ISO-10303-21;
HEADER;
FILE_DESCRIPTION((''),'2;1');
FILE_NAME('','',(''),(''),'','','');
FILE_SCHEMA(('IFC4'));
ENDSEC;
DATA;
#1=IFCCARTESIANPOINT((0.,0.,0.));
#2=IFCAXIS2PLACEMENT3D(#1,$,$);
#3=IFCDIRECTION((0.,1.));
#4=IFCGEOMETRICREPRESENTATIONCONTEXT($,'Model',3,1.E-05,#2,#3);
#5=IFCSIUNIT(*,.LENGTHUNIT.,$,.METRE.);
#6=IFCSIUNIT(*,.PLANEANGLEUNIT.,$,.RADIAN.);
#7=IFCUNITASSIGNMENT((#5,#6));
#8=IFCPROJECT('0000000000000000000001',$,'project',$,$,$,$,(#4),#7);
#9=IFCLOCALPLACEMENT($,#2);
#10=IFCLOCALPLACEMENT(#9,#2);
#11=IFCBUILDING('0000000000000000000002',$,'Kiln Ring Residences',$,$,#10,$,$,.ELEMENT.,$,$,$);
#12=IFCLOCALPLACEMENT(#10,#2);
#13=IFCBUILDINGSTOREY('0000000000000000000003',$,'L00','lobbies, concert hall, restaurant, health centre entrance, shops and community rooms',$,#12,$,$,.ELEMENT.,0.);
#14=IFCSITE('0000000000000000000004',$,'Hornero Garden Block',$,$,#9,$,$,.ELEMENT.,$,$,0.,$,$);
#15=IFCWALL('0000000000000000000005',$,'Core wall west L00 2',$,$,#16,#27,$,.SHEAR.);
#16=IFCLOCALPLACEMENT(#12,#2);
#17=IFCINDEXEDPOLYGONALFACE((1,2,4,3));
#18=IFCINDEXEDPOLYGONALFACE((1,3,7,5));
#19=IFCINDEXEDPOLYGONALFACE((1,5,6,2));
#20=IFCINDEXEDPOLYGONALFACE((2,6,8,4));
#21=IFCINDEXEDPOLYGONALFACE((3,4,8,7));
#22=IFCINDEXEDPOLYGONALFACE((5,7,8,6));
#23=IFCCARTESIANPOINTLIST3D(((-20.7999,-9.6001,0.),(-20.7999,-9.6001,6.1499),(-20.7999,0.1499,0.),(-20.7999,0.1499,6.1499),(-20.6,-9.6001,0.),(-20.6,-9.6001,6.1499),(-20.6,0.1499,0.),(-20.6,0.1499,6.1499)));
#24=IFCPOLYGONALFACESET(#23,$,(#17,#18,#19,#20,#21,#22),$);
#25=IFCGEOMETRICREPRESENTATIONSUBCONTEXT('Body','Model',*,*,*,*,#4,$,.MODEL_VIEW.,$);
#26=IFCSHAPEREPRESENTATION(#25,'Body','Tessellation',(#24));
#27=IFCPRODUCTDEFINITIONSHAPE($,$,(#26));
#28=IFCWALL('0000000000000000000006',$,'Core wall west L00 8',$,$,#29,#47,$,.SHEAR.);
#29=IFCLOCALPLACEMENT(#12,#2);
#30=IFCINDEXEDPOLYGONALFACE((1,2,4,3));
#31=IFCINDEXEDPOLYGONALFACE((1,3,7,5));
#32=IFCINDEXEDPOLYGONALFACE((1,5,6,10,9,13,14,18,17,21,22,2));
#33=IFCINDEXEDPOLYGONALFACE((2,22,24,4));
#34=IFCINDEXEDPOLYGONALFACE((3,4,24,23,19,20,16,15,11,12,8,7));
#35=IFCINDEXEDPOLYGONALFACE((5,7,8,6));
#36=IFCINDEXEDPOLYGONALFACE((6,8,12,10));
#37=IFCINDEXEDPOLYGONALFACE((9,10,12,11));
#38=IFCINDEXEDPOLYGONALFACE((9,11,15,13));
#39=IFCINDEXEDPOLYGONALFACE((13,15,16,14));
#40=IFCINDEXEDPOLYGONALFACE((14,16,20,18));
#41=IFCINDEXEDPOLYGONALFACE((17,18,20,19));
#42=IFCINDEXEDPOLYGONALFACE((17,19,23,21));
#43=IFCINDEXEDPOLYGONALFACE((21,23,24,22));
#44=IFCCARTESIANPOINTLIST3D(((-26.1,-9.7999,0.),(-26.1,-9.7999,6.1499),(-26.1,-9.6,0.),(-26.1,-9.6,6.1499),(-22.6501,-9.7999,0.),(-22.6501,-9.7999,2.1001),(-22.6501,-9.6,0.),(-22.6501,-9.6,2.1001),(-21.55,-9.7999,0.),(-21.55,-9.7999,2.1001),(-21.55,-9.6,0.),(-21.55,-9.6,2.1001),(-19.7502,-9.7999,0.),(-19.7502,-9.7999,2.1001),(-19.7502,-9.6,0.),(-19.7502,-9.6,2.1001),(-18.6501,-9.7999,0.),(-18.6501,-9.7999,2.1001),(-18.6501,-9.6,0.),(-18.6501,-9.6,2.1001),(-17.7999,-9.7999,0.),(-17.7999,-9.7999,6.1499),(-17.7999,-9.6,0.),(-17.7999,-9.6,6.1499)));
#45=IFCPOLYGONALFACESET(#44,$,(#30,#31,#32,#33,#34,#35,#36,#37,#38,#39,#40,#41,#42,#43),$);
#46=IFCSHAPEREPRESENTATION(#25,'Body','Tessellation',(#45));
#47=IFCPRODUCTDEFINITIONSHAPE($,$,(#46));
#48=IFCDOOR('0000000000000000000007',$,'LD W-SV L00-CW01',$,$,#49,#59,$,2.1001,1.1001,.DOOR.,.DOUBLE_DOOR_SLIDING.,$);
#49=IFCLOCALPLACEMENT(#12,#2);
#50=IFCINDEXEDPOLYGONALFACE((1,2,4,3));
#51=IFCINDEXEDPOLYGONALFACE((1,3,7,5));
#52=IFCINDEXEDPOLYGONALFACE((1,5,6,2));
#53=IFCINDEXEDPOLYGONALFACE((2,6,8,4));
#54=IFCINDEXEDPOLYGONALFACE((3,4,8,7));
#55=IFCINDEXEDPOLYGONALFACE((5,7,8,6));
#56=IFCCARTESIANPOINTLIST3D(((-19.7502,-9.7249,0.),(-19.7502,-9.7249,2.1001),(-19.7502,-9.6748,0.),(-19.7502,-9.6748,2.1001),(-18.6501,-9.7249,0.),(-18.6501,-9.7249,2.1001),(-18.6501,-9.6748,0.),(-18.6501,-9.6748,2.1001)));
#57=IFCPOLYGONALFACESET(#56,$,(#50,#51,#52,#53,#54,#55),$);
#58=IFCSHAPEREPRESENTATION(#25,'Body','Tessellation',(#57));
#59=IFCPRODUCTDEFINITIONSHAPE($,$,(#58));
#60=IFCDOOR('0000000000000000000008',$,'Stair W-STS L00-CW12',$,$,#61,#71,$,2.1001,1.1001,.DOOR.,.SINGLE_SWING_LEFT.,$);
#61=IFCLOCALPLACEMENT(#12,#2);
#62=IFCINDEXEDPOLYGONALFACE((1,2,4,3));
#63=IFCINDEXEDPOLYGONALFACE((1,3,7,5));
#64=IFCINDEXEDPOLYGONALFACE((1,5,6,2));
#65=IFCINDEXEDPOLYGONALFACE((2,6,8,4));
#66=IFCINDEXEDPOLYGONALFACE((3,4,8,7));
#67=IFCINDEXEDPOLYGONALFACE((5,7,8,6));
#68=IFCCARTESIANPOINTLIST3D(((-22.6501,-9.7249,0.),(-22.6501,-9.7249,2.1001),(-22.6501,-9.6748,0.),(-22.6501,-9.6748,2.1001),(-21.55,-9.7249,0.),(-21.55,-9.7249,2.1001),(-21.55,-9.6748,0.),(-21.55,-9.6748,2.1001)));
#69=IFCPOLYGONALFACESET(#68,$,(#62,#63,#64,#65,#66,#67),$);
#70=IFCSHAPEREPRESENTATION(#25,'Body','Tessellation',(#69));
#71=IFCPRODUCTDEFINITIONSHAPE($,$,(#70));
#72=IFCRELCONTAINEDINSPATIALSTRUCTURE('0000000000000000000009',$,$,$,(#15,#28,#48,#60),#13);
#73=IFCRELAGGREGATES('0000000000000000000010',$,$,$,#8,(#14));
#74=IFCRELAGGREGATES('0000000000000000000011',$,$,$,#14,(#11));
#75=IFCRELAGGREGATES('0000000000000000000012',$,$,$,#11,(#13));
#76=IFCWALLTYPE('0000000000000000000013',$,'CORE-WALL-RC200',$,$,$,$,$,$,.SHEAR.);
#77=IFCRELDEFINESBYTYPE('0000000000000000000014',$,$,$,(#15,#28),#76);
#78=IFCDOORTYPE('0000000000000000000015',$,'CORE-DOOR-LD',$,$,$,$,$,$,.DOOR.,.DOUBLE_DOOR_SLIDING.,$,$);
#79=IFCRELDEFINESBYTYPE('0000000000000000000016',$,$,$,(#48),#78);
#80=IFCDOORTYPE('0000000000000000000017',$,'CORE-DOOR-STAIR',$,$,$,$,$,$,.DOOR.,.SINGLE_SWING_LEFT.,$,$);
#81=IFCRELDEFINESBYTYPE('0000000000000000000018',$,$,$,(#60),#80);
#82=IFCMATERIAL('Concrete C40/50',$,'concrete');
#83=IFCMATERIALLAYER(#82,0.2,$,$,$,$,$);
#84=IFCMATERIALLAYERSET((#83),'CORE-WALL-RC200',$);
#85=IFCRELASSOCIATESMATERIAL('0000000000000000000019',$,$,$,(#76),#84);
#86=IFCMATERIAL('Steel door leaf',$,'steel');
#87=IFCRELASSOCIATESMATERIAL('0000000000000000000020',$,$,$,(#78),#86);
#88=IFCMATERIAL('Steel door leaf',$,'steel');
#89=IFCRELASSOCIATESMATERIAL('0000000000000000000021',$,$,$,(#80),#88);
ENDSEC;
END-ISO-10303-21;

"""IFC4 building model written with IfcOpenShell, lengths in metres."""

from ifc_helpers import new_model, si_unit, direction, frame, frame_2d, origin, place, context, subcontext, project, spatial, rectangle, extrude, material, layer, layer_set, type_object, element, fill, save


model = new_model("IFC4")

# Units and contexts
model_context = context("Model", 3, precision=1e-05, world=origin(), true_north=direction((0.0, 1.0)))
body_context = subcontext(model_context, "Body", "Model", "MODEL_VIEW")
ifc_project = project(units=[si_unit("LENGTHUNIT", "METRE"), si_unit("PLANEANGLEUNIT", "RADIAN")], contexts=[model_context])

# Site, building, storey
site_placement = place(None, origin())
site = spatial("IfcSite", under=ifc_project, at=site_placement, Name="Hornero Garden Block", CompositionType="ELEMENT", RefElevation=0.0)
building_placement = place(site_placement, origin())
building = spatial("IfcBuilding", under=site, at=building_placement, Name="Kiln Ring Residences", CompositionType="ELEMENT")
storey_placement = place(building_placement, origin())
storey = spatial("IfcBuildingStorey", under=building, at=storey_placement, Name="L00", Description="lobbies, concert hall, restaurant, health centre entrance, shops and community rooms", CompositionType="ELEMENT", Elevation=0.0)

# Wall
ifc_material_1 = material(Name="Concrete C40/50", Category="concrete")
ifc_layer_1 = layer(ifc_material_1, 0.2)
ifc_layer_set_1 = layer_set([ifc_layer_1], Name="CORE-WALL-RC200")
wall_type_1 = type_object("IfcWallType", Name="CORE-WALL-RC200", PredefinedType="SHEAR", material=ifc_layer_set_1)
wall_1_placement = place(storey_placement, frame((-20.7, -9.6001, 0.0), z_axis=(0.0, 0.0, 1.0), x_axis=(0.0, 1.0, 0.0)))
element("IfcWall", 1, at=wall_1_placement, inside=storey, type_object=wall_type_1, Name="Core wall west L00 2", PredefinedType="SHEAR", context=body_context, shape_type="SweptSolid", body=[
    extrude(rectangle(XDim=9.75, YDim=0.2, at=frame_2d((4.875, 0.0))), origin(), (0.0, 0.0, 1.0), 6.1499),
])

# Wall, openings, doors
wall_2_placement = place(storey_placement, frame((-17.8, -9.7, 0.0), z_axis=(0.0, 0.0, 1.0), x_axis=(-1.0, 0.0, 0.0)))
wall_2 = element("IfcWall", 2, at=wall_2_placement, inside=storey, type_object=wall_type_1, Name="Core wall west L00 8", PredefinedType="SHEAR", context=body_context, shape_type="SweptSolid", body=[
    extrude(rectangle(XDim=8.3, YDim=0.2, at=frame_2d((4.1499, 0.0))), origin(), (0.0, 0.0, 1.0), 6.1499),
])
opening_1_placement = place(wall_2_placement, frame((0.8501, 0.0, 0.0)))
opening_1 = element("IfcOpeningElement", 3, at=opening_1_placement, cuts=wall_2, PredefinedType="OPENING", context=body_context, shape_type="SweptSolid", body=[
    extrude(rectangle(XDim=1.1001, YDim=2.1001, at=frame_2d((0.55, 1.05))), frame((0.0, 0.1099, 0.0), z_axis=(0.0, -1.0, 0.0), x_axis=(1.0, 0.0, 0.0)), (0.0, 0.0, 1.0), 0.22),
])
opening_2_placement = place(wall_2_placement, frame((3.75, 0.0, 0.0)))
opening_2 = element("IfcOpeningElement", 4, at=opening_2_placement, cuts=wall_2, PredefinedType="OPENING", context=body_context, shape_type="SweptSolid", body=[
    extrude(rectangle(XDim=1.1001, YDim=2.1001, at=frame_2d((0.55, 1.05))), frame((0.0, 0.1099, 0.0), z_axis=(0.0, -1.0, 0.0), x_axis=(1.0, 0.0, 0.0)), (0.0, 0.0, 1.0), 0.22),
])
ifc_material_2 = material(Name="Steel door leaf", Category="steel")
door_type_1 = type_object("IfcDoorType", Name="CORE-DOOR-LD", OperationType="DOUBLE_DOOR_SLIDING", PredefinedType="DOOR", material=ifc_material_2)
door_1_placement = place(opening_1_placement, origin())
door_1 = element("IfcDoor", 5, at=door_1_placement, inside=storey, type_object=door_type_1, Name="LD W-SV L00-CW01", OperationType="DOUBLE_DOOR_SLIDING", OverallHeight=2.1001, OverallWidth=1.1001, PredefinedType="DOOR", context=body_context, shape_type="SweptSolid", body=[
    extrude(rectangle(XDim=1.1001, YDim=2.1001, at=frame_2d((0.55, 1.05))), frame((0.0, 0.0249, 0.0), z_axis=(0.0, -1.0, 0.0), x_axis=(1.0, 0.0, 0.0)), (0.0, 0.0, 1.0), 0.05),
])
fill(opening_1, door_1)
ifc_material_3 = material(Name="Steel door leaf", Category="steel")
door_type_2 = type_object("IfcDoorType", Name="CORE-DOOR-STAIR", OperationType="SINGLE_SWING_LEFT", PredefinedType="DOOR", material=ifc_material_3)
door_2_placement = place(opening_2_placement, origin())
door_2 = element("IfcDoor", 6, at=door_2_placement, inside=storey, type_object=door_type_2, Name="Stair W-STS L00-CW12", OperationType="SINGLE_SWING_LEFT", OverallHeight=2.1001, OverallWidth=1.1001, PredefinedType="DOOR", context=body_context, shape_type="SweptSolid", body=[
    extrude(rectangle(XDim=1.1001, YDim=2.1001, at=frame_2d((0.55, 1.05))), frame((0.0, 0.0249, 0.0), z_axis=(0.0, -1.0, 0.0), x_axis=(1.0, 0.0, 0.0)), (0.0, 0.0, 1.0), 0.05),
])
fill(opening_2, door_2)

save(model, "model.ifc")
